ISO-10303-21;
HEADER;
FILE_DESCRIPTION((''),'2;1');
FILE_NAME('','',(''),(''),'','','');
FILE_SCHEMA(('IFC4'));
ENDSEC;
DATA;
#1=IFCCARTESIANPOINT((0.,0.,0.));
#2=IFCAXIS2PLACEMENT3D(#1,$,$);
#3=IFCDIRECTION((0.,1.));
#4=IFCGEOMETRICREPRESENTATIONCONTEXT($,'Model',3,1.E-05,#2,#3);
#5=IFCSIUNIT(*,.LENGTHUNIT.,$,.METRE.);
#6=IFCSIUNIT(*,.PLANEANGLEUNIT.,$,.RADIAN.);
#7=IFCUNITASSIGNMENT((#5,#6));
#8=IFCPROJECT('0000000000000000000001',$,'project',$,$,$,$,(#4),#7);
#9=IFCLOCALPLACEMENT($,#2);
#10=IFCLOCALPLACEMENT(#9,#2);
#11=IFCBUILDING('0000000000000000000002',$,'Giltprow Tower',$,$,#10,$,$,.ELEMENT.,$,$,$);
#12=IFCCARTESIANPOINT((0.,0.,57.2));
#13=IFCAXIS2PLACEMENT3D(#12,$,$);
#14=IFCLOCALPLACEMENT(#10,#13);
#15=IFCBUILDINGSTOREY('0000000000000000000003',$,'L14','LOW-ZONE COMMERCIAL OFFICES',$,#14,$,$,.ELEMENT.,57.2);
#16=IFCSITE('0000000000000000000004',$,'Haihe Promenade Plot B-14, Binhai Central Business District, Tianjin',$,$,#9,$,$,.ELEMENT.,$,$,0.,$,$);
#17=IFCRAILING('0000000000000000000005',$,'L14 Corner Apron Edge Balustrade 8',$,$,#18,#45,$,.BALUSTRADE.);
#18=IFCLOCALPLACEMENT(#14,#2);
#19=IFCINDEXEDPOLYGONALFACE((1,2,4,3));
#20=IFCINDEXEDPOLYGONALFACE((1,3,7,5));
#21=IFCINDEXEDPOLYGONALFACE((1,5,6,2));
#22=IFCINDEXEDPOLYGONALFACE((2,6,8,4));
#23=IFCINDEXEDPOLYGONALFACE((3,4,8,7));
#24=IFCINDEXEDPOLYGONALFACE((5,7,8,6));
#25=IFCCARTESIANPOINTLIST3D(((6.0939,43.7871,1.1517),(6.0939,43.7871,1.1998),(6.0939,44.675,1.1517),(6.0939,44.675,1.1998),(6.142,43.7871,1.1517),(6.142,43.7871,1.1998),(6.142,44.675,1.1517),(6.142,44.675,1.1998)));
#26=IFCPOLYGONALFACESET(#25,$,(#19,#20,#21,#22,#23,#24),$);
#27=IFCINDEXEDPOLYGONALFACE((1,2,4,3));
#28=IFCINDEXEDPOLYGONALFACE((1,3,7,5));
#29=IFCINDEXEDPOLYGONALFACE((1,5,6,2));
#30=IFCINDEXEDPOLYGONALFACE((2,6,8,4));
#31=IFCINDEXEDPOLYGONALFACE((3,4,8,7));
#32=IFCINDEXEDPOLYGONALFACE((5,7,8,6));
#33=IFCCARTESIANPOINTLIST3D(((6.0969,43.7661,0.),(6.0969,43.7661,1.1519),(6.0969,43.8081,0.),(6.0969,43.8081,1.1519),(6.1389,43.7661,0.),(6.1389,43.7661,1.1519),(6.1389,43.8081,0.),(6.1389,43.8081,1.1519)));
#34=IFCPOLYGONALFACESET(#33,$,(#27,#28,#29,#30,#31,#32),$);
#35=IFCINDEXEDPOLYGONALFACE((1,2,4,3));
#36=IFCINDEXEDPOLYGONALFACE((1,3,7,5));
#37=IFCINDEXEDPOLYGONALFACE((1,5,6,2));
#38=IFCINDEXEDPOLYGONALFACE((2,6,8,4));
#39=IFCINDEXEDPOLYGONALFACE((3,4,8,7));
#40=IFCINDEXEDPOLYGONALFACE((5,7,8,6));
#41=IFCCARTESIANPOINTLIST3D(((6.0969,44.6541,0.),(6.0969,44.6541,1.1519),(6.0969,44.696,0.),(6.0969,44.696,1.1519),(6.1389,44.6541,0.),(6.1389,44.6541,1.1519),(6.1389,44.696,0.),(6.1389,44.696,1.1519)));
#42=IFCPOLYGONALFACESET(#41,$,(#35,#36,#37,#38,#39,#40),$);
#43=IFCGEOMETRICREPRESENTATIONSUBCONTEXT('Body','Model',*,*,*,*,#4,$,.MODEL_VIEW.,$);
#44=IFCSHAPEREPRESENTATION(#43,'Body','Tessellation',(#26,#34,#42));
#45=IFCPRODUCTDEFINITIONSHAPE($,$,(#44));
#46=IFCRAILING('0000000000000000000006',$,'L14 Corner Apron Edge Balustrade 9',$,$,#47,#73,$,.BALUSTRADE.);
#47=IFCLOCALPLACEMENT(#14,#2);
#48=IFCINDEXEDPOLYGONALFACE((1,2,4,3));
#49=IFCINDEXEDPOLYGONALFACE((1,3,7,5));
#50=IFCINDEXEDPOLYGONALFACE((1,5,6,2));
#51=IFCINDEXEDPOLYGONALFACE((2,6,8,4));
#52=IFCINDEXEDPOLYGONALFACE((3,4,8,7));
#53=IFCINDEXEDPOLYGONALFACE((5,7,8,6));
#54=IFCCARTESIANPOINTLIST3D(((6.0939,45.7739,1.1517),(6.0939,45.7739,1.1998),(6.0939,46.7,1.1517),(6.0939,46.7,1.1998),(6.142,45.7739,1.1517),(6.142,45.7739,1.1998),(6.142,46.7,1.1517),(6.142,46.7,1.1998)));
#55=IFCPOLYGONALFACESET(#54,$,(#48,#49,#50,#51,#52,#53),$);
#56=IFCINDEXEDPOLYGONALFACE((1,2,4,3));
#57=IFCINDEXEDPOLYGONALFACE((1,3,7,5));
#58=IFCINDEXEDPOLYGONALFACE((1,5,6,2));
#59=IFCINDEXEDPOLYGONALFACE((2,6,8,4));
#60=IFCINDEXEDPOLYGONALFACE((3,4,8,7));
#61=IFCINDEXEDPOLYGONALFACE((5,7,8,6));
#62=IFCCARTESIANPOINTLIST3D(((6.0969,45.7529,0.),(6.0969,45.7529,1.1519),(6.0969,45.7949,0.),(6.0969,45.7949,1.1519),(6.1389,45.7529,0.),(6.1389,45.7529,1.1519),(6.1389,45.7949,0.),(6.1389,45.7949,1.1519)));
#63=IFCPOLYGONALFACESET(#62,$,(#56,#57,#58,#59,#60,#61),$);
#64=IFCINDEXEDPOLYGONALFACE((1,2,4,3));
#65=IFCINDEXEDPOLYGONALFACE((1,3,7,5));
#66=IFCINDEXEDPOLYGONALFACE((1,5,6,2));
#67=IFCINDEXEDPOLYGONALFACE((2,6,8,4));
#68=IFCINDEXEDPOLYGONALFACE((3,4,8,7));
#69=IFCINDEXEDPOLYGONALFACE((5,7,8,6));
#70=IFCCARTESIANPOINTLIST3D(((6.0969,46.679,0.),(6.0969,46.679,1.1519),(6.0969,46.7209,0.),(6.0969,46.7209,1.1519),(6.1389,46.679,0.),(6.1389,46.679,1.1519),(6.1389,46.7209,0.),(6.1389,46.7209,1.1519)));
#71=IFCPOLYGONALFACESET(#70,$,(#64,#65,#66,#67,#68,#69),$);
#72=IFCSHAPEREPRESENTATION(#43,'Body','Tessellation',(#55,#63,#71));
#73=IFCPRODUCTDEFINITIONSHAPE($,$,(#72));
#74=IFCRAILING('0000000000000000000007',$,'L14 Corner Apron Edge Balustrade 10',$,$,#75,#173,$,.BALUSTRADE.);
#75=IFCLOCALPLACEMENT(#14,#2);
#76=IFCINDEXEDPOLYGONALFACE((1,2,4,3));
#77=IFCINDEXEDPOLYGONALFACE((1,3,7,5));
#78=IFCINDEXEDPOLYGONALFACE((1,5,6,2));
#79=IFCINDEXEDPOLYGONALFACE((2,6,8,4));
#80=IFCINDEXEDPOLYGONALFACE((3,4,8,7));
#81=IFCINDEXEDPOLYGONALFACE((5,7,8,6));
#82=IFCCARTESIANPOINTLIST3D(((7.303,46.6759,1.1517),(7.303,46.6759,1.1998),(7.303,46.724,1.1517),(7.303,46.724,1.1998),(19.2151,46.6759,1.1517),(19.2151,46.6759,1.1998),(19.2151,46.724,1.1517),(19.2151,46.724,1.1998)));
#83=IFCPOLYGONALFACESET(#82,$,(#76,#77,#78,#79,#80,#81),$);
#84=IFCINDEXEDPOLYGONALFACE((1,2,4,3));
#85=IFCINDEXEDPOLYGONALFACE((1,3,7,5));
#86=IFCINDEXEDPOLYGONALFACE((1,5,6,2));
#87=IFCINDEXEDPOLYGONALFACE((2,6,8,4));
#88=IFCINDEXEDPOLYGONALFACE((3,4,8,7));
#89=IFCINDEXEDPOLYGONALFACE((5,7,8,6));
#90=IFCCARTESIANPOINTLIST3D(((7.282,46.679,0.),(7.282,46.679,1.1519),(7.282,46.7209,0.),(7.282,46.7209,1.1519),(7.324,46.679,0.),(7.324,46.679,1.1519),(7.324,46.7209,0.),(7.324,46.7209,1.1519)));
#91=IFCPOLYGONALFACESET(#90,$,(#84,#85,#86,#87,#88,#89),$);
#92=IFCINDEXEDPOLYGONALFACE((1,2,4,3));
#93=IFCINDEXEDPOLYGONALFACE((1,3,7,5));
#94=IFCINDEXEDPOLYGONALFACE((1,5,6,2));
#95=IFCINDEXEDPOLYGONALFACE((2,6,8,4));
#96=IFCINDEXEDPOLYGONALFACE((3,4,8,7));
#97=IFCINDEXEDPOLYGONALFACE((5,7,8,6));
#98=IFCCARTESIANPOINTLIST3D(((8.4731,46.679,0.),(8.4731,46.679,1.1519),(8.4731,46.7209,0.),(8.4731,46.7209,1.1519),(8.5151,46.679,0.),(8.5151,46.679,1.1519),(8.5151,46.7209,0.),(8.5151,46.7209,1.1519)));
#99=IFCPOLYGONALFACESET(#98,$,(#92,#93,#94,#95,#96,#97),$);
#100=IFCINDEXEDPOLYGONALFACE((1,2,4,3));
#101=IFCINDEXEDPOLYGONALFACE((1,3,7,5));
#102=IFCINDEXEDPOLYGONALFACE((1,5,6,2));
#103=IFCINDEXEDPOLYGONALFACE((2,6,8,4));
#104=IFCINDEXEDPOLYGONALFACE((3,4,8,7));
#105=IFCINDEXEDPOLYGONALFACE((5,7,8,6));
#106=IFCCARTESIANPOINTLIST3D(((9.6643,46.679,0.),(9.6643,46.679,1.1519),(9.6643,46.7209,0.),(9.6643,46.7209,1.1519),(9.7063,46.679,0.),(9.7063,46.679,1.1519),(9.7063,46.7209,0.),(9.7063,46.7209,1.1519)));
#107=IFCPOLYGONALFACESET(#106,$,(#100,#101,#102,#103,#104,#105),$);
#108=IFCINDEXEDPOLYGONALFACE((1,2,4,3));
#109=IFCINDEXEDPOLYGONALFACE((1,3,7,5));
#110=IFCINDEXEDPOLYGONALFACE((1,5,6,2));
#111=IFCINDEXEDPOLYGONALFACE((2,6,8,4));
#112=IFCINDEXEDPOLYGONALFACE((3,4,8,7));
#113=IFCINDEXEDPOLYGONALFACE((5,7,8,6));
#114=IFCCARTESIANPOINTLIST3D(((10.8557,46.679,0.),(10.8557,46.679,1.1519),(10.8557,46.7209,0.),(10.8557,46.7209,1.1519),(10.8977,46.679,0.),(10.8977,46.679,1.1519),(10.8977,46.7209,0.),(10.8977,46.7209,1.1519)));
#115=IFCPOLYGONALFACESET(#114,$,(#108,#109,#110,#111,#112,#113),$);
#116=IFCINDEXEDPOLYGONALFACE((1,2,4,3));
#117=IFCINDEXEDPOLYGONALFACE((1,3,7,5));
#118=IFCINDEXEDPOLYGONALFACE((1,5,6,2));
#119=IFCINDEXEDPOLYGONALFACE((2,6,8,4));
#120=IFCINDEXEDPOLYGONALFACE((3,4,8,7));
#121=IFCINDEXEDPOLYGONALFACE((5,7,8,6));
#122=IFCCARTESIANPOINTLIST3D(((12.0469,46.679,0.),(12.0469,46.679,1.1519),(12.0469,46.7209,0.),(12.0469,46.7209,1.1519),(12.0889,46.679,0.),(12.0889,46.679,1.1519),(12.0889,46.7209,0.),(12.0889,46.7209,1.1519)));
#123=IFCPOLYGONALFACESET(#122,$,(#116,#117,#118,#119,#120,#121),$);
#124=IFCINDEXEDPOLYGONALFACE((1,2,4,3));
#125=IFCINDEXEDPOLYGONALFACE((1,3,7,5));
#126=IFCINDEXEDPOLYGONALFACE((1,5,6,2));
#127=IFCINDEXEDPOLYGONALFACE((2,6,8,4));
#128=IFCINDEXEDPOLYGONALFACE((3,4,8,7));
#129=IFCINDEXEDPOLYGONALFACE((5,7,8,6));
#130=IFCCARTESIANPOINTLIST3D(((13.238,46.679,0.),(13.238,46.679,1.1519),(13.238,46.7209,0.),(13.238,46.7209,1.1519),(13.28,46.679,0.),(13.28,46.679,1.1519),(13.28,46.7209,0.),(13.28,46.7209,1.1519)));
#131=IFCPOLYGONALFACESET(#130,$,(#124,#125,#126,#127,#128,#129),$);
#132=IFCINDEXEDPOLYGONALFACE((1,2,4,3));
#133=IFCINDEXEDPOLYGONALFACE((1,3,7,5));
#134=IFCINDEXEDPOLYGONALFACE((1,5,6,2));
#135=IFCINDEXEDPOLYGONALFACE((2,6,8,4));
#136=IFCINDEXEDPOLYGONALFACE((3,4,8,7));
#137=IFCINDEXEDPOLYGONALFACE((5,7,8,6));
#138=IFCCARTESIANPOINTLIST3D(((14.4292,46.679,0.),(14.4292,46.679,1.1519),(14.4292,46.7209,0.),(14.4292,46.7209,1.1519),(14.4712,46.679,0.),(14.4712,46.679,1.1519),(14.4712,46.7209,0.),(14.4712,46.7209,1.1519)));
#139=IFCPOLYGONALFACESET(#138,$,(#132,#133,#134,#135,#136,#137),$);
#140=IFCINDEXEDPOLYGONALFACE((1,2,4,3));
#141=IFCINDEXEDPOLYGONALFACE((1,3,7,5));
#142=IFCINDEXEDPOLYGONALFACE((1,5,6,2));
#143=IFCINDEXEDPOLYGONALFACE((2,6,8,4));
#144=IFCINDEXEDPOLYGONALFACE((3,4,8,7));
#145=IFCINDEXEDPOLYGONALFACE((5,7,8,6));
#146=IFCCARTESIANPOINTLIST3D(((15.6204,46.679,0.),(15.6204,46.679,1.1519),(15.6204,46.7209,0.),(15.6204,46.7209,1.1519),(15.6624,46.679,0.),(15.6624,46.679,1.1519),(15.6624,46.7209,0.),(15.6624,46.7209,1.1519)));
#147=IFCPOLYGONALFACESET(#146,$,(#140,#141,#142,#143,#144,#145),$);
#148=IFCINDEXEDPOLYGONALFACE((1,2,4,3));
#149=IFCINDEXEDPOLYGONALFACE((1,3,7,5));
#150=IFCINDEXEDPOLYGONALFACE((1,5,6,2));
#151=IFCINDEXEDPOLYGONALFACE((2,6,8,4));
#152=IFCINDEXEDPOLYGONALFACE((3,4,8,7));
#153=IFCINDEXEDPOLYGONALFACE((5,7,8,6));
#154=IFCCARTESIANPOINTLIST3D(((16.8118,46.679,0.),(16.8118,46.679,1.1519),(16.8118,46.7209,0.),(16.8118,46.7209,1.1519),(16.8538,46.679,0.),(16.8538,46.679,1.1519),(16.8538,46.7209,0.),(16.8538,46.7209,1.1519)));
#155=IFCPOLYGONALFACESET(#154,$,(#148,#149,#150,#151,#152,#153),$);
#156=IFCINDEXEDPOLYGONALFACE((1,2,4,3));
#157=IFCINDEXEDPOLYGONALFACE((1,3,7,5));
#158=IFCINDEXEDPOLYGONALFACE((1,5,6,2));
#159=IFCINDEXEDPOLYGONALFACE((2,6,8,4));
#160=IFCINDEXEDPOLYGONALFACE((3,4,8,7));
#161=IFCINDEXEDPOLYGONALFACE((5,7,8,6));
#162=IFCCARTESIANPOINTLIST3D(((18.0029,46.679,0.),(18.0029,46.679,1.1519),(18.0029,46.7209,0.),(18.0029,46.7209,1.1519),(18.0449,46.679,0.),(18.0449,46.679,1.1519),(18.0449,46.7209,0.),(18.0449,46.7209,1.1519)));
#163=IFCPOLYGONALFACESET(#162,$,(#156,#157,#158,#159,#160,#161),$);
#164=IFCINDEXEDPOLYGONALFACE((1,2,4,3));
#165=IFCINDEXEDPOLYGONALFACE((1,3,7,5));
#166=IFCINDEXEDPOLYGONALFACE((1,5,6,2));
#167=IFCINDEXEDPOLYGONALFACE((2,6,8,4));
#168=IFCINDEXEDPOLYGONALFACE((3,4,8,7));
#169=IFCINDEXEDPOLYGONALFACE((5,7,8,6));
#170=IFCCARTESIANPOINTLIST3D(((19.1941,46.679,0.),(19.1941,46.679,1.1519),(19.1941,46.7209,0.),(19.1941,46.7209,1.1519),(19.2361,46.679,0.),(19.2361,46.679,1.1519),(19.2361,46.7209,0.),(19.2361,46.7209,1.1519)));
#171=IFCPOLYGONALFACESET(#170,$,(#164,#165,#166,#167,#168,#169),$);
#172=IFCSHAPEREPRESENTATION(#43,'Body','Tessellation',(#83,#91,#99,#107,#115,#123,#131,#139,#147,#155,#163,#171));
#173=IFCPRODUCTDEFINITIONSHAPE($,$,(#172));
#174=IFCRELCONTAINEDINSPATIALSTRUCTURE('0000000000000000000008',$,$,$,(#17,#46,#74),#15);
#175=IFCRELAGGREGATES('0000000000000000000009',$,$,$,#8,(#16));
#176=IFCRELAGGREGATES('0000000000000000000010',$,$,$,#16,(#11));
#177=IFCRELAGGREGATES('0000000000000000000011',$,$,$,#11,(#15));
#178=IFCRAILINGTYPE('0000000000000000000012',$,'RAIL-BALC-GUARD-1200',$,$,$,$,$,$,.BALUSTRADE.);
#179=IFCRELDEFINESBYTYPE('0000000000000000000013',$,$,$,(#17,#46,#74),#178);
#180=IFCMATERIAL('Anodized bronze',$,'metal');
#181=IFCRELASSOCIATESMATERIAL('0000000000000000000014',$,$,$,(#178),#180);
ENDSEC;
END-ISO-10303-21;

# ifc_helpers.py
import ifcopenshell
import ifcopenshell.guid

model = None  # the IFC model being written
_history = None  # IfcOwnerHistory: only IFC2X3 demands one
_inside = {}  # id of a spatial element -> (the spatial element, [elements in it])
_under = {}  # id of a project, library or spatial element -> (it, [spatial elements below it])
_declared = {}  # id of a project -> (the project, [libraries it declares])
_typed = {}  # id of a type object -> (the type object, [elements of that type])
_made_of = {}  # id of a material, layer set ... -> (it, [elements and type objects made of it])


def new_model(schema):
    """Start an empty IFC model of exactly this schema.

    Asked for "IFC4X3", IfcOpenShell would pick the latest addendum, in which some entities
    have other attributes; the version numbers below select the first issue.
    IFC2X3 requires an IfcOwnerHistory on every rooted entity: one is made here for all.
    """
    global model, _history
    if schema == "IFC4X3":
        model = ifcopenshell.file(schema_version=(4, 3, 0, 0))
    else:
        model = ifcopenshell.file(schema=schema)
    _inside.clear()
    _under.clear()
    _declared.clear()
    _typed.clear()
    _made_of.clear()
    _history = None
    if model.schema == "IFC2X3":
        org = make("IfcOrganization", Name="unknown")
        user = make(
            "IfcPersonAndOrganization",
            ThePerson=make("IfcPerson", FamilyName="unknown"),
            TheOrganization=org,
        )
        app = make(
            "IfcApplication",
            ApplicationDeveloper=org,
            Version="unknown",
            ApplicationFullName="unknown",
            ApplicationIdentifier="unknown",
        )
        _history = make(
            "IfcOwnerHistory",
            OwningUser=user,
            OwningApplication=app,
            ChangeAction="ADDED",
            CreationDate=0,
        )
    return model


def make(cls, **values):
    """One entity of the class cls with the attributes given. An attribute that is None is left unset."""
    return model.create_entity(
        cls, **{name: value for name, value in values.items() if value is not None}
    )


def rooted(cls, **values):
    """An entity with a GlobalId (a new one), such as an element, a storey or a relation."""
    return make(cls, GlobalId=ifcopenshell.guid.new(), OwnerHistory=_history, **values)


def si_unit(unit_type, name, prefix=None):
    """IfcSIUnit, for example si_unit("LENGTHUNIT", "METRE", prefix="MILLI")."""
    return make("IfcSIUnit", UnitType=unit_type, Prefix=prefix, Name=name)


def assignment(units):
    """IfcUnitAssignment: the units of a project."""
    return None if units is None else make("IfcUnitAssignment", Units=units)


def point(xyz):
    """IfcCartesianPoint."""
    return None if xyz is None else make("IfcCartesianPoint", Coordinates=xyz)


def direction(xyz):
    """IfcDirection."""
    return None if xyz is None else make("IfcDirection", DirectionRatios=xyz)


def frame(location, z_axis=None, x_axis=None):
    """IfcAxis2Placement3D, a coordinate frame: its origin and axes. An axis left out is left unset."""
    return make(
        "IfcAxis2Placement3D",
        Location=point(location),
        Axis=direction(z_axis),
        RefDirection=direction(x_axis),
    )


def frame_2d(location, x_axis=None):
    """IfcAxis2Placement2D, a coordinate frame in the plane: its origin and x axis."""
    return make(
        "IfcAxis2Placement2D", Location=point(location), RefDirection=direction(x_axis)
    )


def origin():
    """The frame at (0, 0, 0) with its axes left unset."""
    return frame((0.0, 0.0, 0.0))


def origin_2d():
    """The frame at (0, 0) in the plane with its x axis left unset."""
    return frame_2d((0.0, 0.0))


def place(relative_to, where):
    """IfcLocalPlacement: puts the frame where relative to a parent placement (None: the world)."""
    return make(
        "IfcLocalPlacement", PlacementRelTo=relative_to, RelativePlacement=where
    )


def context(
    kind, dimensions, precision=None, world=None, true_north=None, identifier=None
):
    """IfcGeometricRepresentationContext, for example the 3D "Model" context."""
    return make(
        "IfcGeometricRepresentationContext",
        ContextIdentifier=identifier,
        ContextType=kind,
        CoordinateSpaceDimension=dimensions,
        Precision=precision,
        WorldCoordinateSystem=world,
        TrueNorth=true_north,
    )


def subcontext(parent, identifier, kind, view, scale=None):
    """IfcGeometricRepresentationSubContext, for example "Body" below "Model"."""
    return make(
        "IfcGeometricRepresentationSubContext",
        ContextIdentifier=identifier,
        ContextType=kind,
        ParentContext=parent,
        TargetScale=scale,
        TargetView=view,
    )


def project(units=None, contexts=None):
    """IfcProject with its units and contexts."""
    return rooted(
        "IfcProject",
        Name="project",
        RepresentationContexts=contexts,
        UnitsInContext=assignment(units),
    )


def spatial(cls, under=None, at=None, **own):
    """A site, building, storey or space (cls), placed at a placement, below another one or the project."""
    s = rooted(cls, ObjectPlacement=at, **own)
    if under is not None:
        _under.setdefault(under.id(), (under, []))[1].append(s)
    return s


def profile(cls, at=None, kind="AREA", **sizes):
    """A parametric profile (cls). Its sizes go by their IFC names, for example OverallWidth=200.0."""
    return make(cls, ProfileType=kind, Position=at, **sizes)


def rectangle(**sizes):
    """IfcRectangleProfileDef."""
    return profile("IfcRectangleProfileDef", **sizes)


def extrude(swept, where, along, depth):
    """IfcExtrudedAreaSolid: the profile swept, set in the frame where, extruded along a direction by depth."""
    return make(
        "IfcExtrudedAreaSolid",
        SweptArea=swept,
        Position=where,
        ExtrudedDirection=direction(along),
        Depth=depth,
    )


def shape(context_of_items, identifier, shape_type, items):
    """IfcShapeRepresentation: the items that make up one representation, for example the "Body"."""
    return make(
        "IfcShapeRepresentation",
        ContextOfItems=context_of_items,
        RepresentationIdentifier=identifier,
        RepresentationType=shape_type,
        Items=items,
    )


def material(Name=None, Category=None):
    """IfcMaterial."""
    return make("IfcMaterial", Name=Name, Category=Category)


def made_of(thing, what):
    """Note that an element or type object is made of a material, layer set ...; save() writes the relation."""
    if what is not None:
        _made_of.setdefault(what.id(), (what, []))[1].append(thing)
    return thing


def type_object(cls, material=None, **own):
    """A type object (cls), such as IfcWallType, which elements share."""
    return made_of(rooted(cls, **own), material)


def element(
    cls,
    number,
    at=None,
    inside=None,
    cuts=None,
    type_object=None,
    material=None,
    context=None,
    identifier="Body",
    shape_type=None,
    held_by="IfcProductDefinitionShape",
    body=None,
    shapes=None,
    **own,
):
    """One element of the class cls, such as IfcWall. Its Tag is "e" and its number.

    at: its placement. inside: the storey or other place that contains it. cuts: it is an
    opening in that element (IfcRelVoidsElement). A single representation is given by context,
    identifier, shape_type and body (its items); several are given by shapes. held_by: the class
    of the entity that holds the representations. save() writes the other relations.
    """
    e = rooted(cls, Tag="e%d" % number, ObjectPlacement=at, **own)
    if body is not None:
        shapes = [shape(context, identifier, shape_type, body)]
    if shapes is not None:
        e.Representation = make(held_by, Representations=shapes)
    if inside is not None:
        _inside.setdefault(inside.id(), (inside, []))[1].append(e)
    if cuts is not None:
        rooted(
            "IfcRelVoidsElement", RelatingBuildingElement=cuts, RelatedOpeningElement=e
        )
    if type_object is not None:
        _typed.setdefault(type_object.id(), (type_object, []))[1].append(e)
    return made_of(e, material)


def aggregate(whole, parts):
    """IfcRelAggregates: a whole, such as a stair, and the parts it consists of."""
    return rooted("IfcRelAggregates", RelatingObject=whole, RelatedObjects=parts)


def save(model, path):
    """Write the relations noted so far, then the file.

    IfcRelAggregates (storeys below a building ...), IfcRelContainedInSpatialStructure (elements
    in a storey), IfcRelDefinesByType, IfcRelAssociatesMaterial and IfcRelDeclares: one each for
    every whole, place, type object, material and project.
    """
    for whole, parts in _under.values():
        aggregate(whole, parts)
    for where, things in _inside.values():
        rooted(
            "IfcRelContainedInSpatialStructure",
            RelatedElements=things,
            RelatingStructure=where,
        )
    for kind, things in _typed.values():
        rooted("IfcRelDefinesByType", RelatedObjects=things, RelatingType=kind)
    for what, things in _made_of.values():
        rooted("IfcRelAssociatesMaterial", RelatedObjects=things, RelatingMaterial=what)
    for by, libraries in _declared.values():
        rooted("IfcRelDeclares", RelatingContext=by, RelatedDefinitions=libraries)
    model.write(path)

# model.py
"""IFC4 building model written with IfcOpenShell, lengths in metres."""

from ifc_helpers import new_model, si_unit, direction, frame, origin, origin_2d, place, context, subcontext, project, spatial, rectangle, extrude, material, type_object, element, save


model = new_model("IFC4")

# Units and contexts
model_context = context("Model", 3, precision=1e-05, world=origin(), true_north=direction((0.0, 1.0)))
body_context = subcontext(model_context, "Body", "Model", "MODEL_VIEW")
ifc_project = project(units=[si_unit("LENGTHUNIT", "METRE"), si_unit("PLANEANGLEUNIT", "RADIAN")], contexts=[model_context])

# Site, building, storey
site_placement = place(None, origin())
site = spatial("IfcSite", under=ifc_project, at=site_placement, Name="Haihe Promenade Plot B-14, Binhai Central Business District, Tianjin", CompositionType="ELEMENT", RefElevation=0.0)
building_placement = place(site_placement, origin())
building = spatial("IfcBuilding", under=site, at=building_placement, Name="Giltprow Tower", CompositionType="ELEMENT")
storey_placement = place(building_placement, frame((0.0, 0.0, 57.2)))
storey = spatial("IfcBuildingStorey", under=building, at=storey_placement, Name="L14", Description="LOW-ZONE COMMERCIAL OFFICES", CompositionType="ELEMENT", Elevation=57.2)

# Railings
ifc_material_1 = material(Name="Anodized bronze", Category="metal")
railing_type = type_object("IfcRailingType", Name="RAIL-BALC-GUARD-1200", PredefinedType="BALUSTRADE", material=ifc_material_1)
railing_1_placement = place(storey_placement, frame((6.1179, 43.7871, 0.0)))
element("IfcRailing", 1, at=railing_1_placement, inside=storey, type_object=railing_type, Name="L14 Corner Apron Edge Balustrade 8", PredefinedType="BALUSTRADE", context=body_context, shape_type="SweptSolid", body=[
    extrude(rectangle(XDim=0.0481, YDim=0.0481, at=origin_2d()), frame((0.0, 0.0, 1.1758), z_axis=(0.0, 1.0, 0.0), x_axis=(-1.0, 0.0, 0.0)), (0.0, 0.0, 1.0), 0.8879),
    extrude(rectangle(XDim=0.042, YDim=0.042, at=origin_2d()), origin(), (0.0, 0.0, 1.0), 1.1519),
    extrude(rectangle(XDim=0.042, YDim=0.042, at=origin_2d()), frame((0.0, 0.8879, 0.0)), (0.0, 0.0, 1.0), 1.1519),
])
railing_2_placement = place(storey_placement, frame((6.1179, 45.7739, 0.0)))
element("IfcRailing", 2, at=railing_2_placement, inside=storey, type_object=railing_type, Name="L14 Corner Apron Edge Balustrade 9", PredefinedType="BALUSTRADE", context=body_context, shape_type="SweptSolid", body=[
    extrude(rectangle(XDim=0.0481, YDim=0.0481, at=origin_2d()), frame((0.0, 0.0, 1.1758), z_axis=(0.0, 1.0, 0.0), x_axis=(-1.0, 0.0, 0.0)), (0.0, 0.0, 1.0), 0.926),
    extrude(rectangle(XDim=0.042, YDim=0.042, at=origin_2d()), origin(), (0.0, 0.0, 1.0), 1.1519),
    extrude(rectangle(XDim=0.042, YDim=0.042, at=origin_2d()), frame((0.0, 0.926, 0.0)), (0.0, 0.0, 1.0), 1.1519),
])
railing_3_placement = place(storey_placement, frame((7.303, 46.7, 0.0)))
element("IfcRailing", 3, at=railing_3_placement, inside=storey, type_object=railing_type, Name="L14 Corner Apron Edge Balustrade 10", PredefinedType="BALUSTRADE", context=body_context, shape_type="SweptSolid", body=[
    extrude(rectangle(XDim=0.0481, YDim=0.0481, at=origin_2d()), frame((0.0, 0.0, 1.1758), z_axis=(1.0, 0.0, 0.0), x_axis=(0.0, 1.0, 0.0)), (0.0, 0.0, 1.0), 11.9121),
    extrude(rectangle(XDim=0.042, YDim=0.042, at=origin_2d()), origin(), (0.0, 0.0, 1.0), 1.1519),
    extrude(rectangle(XDim=0.042, YDim=0.042, at=origin_2d()), frame((1.1912, 0.0, 0.0)), (0.0, 0.0, 1.0), 1.1519),
    extrude(rectangle(XDim=0.042, YDim=0.042, at=origin_2d()), frame((2.3823, 0.0, 0.0)), (0.0, 0.0, 1.0), 1.1519),
    extrude(rectangle(XDim=0.042, YDim=0.042, at=origin_2d()), frame((3.5737, 0.0, 0.0)), (0.0, 0.0, 1.0), 1.1519),
    extrude(rectangle(XDim=0.042, YDim=0.042, at=origin_2d()), frame((4.7649, 0.0, 0.0)), (0.0, 0.0, 1.0), 1.1519),
    extrude(rectangle(XDim=0.042, YDim=0.042, at=origin_2d()), frame((5.9561, 0.0, 0.0)), (0.0, 0.0, 1.0), 1.1519),
    extrude(rectangle(XDim=0.042, YDim=0.042, at=origin_2d()), frame((7.1472, 0.0, 0.0)), (0.0, 0.0, 1.0), 1.1519),
    extrude(rectangle(XDim=0.042, YDim=0.042, at=origin_2d()), frame((8.3384, 0.0, 0.0)), (0.0, 0.0, 1.0), 1.1519),
    extrude(rectangle(XDim=0.042, YDim=0.042, at=origin_2d()), frame((9.5298, 0.0, 0.0)), (0.0, 0.0, 1.0), 1.1519),
    extrude(rectangle(XDim=0.042, YDim=0.042, at=origin_2d()), frame((10.7209, 0.0, 0.0)), (0.0, 0.0, 1.0), 1.1519),
    extrude(rectangle(XDim=0.042, YDim=0.042, at=origin_2d()), frame((11.9121, 0.0, 0.0)), (0.0, 0.0, 1.0), 1.1519),
])

save(model, "model.ifc")
